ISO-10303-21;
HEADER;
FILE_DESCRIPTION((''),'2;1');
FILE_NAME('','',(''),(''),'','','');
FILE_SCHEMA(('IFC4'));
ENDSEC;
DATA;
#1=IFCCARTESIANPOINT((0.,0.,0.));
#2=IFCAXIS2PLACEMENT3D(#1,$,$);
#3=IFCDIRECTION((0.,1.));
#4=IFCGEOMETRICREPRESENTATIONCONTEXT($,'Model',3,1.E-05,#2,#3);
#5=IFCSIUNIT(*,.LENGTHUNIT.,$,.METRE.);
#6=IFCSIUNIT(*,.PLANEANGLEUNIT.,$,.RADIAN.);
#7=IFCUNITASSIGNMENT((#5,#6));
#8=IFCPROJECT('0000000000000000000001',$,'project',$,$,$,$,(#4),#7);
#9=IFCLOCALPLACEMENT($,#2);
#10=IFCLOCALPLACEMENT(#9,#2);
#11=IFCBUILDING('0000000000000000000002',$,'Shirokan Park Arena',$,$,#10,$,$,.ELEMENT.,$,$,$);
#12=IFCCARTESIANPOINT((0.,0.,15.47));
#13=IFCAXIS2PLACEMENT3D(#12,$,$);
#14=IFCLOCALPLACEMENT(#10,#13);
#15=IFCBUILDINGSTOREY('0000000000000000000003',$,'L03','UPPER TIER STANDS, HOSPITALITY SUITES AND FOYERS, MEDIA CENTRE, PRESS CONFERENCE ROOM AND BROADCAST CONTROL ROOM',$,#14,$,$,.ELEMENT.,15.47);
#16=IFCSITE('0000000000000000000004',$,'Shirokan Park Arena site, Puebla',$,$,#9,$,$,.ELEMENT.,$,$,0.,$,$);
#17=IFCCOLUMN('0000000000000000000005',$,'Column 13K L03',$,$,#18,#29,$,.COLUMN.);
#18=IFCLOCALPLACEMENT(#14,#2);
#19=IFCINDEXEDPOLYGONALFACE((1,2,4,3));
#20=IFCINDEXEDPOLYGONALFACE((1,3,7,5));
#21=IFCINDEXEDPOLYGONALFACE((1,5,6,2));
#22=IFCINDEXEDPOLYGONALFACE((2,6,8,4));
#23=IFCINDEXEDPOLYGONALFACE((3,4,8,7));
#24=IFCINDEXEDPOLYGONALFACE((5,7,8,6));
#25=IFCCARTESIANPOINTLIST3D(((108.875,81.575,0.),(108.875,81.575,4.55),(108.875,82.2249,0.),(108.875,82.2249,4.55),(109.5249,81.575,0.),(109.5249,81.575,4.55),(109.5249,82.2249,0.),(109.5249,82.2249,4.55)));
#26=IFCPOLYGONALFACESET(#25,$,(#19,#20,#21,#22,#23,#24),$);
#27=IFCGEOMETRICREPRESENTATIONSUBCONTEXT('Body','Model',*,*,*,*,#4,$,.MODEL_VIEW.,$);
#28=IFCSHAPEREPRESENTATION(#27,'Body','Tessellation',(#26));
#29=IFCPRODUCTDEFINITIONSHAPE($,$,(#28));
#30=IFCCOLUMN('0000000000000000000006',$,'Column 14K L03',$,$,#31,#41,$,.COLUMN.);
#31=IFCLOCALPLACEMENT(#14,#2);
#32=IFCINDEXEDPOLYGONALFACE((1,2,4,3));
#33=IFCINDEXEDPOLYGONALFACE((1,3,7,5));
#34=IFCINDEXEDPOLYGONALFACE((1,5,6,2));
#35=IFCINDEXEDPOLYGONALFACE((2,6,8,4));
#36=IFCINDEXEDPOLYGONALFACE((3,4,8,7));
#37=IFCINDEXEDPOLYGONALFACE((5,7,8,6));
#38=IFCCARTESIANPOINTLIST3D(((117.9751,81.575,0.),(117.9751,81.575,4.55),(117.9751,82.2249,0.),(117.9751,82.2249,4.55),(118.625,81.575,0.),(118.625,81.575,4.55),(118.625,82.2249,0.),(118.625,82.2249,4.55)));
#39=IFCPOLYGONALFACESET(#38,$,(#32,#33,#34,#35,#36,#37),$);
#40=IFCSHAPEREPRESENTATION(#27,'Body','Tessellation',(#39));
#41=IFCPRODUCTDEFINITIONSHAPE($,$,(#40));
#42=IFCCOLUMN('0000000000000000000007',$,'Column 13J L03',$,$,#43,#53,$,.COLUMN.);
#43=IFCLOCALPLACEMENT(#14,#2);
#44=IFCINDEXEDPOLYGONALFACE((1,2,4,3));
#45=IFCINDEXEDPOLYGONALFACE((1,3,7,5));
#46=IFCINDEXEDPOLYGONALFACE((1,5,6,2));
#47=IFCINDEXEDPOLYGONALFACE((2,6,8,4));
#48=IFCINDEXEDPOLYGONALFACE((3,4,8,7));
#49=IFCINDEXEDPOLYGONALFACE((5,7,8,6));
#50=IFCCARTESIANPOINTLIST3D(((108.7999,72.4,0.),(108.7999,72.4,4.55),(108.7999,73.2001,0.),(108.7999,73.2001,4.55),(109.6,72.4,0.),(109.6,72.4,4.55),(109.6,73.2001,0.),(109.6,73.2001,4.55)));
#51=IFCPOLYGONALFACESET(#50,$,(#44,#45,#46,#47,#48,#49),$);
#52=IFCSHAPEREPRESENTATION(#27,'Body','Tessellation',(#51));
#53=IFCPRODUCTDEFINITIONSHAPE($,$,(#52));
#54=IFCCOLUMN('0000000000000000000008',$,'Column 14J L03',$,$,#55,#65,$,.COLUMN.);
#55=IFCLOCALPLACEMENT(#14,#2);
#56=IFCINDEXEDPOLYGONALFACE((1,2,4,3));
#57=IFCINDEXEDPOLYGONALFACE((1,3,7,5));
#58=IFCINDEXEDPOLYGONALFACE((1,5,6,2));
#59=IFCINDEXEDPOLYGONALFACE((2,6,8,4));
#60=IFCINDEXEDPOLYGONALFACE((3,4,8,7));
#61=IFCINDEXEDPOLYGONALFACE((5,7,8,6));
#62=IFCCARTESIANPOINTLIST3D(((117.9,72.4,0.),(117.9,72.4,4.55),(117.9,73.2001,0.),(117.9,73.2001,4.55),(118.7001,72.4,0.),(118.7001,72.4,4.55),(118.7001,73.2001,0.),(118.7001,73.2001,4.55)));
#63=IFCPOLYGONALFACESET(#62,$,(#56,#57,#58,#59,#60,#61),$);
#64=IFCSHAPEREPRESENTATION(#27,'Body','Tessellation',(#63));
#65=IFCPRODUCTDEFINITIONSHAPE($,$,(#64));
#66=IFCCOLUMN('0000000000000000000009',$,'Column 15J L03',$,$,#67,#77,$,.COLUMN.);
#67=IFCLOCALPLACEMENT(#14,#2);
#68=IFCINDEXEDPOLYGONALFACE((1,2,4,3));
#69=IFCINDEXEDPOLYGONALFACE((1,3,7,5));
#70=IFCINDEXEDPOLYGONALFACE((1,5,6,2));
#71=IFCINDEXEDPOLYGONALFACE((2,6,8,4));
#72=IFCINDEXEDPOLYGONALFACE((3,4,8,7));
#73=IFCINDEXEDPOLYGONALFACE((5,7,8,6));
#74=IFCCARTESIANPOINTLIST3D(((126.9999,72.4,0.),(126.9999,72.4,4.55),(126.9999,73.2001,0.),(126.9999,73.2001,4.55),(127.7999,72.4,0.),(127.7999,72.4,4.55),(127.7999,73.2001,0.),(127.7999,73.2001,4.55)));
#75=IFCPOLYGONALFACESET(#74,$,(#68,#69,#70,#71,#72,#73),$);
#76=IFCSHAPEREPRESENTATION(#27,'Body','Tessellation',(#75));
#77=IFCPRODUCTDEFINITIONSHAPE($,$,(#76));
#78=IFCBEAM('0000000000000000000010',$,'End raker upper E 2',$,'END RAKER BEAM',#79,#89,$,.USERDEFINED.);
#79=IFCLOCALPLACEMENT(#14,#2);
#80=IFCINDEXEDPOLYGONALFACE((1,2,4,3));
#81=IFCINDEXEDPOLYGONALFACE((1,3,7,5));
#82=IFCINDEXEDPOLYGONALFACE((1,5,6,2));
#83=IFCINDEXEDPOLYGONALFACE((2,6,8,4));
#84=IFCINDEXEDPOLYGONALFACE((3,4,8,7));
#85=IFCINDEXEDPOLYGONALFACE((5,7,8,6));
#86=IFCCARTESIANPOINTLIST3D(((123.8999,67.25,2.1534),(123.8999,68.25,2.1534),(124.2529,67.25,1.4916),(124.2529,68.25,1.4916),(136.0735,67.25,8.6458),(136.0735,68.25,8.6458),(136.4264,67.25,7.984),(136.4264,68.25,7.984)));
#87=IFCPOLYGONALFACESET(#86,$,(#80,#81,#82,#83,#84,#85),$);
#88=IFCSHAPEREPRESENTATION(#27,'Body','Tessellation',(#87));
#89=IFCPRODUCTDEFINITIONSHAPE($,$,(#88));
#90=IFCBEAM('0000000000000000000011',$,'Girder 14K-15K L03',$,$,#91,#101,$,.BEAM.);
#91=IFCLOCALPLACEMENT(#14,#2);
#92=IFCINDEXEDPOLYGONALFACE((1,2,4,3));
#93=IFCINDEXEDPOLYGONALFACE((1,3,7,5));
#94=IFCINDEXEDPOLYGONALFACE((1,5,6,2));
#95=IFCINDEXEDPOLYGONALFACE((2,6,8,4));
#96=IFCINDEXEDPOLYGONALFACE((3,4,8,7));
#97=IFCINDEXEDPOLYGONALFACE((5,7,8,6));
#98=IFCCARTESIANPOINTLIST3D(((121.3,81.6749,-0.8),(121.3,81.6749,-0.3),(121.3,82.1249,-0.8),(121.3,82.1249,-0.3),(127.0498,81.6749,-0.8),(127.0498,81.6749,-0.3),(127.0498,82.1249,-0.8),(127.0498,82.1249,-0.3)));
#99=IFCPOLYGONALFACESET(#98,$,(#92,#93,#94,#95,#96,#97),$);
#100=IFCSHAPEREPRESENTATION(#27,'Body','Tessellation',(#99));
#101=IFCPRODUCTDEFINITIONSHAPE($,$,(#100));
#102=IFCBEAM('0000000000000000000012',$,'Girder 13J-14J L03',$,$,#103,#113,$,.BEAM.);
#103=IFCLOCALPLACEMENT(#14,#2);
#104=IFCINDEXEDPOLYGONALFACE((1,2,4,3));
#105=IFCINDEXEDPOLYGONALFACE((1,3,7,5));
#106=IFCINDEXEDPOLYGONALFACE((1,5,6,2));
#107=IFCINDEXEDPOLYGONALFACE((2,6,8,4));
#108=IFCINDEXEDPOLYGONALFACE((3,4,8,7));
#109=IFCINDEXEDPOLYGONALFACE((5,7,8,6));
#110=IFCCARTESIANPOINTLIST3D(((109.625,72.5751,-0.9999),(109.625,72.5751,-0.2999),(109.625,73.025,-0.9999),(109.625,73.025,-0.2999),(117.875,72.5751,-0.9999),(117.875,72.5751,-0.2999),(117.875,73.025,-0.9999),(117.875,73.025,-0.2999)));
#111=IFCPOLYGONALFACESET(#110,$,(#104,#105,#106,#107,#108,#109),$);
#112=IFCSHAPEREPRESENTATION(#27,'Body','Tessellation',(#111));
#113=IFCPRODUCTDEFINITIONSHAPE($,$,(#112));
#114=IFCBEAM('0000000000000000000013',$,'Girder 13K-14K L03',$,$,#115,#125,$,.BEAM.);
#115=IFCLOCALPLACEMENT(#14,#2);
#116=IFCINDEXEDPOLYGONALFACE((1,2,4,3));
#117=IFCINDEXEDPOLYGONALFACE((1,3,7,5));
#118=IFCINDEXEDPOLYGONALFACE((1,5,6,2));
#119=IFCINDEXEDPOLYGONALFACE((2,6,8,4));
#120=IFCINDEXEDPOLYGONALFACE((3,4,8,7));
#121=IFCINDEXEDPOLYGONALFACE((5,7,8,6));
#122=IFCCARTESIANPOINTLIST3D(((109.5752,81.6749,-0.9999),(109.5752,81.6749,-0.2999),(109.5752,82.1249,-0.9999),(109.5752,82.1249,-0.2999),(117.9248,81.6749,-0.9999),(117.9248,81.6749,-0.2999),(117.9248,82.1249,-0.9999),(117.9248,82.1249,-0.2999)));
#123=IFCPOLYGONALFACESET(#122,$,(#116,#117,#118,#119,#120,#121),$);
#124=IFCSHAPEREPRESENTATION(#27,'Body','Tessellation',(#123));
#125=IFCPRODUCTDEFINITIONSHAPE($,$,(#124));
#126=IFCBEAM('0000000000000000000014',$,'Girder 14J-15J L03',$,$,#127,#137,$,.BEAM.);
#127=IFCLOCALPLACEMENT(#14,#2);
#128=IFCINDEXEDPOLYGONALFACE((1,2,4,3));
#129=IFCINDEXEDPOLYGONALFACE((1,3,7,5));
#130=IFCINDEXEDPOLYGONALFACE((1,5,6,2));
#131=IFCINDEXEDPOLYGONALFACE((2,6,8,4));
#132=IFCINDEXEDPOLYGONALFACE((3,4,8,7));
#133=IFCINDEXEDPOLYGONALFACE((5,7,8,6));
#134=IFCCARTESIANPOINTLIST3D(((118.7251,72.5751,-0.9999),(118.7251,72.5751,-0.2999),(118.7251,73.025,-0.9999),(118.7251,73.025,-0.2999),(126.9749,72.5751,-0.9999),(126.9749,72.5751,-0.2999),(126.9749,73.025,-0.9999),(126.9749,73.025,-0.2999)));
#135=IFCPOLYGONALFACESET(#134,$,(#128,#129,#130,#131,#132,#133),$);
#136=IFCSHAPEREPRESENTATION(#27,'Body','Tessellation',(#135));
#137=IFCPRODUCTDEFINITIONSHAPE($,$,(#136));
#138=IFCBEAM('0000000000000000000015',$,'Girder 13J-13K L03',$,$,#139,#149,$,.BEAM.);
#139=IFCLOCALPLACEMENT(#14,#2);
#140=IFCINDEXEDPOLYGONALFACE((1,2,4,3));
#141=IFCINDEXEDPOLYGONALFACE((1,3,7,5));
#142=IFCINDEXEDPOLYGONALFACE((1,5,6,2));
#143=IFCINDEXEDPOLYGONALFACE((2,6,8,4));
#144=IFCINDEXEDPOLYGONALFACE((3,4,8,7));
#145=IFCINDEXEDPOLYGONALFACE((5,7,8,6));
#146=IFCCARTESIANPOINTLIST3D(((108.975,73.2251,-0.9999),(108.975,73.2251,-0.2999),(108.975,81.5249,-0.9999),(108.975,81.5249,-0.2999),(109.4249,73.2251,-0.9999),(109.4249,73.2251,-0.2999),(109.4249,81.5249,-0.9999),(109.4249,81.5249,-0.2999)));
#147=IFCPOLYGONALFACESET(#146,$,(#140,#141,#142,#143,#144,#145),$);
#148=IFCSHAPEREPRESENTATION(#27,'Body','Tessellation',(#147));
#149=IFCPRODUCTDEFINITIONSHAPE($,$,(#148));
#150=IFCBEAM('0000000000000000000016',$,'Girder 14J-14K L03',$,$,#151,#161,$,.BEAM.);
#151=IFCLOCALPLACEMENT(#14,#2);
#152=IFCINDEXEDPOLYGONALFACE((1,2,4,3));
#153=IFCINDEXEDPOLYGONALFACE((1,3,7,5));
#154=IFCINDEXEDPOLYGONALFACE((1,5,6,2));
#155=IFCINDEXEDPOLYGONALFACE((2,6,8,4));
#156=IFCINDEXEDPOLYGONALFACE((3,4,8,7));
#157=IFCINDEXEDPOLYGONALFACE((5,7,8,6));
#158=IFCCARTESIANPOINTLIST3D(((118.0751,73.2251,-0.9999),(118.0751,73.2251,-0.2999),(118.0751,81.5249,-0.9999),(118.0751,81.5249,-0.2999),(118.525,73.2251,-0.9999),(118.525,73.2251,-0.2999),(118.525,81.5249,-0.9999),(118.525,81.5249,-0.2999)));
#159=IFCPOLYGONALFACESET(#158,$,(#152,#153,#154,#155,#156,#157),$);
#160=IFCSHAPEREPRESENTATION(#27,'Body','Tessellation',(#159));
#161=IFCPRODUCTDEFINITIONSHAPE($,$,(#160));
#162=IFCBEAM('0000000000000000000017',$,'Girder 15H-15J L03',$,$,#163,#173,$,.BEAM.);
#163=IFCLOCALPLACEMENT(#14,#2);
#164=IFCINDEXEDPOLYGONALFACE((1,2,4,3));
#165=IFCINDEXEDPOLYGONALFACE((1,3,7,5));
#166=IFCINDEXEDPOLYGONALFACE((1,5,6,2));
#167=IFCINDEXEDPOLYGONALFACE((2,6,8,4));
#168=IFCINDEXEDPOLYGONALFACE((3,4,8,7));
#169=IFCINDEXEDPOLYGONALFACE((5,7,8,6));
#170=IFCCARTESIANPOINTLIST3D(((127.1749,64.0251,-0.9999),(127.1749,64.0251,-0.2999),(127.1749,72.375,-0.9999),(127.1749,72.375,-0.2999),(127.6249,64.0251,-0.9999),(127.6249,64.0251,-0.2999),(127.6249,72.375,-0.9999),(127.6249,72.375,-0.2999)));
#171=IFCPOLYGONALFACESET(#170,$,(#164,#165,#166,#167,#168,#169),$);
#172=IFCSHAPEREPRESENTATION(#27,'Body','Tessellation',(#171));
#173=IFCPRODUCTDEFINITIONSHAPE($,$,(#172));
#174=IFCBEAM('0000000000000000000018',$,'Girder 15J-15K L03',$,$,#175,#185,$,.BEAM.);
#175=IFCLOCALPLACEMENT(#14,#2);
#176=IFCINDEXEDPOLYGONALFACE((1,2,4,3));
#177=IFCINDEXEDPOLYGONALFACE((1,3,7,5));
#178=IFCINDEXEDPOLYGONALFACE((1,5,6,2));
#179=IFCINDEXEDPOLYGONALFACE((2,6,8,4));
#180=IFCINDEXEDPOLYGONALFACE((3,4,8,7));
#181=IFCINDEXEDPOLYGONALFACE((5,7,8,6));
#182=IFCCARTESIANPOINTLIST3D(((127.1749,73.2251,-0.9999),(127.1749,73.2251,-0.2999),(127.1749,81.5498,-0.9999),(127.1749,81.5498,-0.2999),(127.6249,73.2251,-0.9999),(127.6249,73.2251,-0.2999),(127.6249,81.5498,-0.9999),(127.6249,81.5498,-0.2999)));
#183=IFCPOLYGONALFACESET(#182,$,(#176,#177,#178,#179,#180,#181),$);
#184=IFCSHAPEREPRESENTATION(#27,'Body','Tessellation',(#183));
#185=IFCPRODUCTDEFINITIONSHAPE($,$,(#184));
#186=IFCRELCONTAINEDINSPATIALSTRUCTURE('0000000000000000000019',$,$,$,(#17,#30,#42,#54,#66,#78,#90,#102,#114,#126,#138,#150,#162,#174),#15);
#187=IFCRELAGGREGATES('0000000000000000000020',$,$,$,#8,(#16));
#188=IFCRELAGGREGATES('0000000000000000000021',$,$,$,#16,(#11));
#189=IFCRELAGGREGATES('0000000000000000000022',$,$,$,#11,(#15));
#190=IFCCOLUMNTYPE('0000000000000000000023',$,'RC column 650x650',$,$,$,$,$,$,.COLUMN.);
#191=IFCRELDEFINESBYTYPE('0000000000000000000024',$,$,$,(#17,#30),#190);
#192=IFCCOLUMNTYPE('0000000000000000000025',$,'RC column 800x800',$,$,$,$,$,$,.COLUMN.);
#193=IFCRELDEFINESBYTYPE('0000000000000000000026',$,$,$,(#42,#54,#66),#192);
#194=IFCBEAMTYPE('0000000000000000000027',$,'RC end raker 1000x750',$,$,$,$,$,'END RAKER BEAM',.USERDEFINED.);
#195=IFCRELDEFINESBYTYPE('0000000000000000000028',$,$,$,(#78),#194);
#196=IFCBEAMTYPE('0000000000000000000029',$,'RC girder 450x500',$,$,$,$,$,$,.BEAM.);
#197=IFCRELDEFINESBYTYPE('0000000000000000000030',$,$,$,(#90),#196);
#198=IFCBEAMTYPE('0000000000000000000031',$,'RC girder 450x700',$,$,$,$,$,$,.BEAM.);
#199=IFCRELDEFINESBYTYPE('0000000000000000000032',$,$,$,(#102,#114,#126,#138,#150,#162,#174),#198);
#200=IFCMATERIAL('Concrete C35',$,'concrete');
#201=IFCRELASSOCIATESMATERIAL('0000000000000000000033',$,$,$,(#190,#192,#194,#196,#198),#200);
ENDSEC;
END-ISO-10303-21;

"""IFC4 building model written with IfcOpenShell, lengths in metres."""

from ifc_helpers import new_model, si_unit, direction, frame, origin, origin_2d, place, context, subcontext, project, spatial, rectangle, extrude, material, material_profile, profile_set, type_object, element, save


model = new_model("IFC4")

# Units and contexts
model_context = context("Model", 3, precision=1e-05, world=origin(), true_north=direction((0.0, 1.0)))
body_context = subcontext(model_context, "Body", "Model", "MODEL_VIEW")
ifc_project = project(units=[si_unit("LENGTHUNIT", "METRE"), si_unit("PLANEANGLEUNIT", "RADIAN")], contexts=[model_context])

# Site, building, storey
site_placement = place(None, origin())
site = spatial("IfcSite", under=ifc_project, at=site_placement, Name="Shirokan Park Arena site, Puebla", CompositionType="ELEMENT", RefElevation=0.0)
building_placement = place(site_placement, origin())
building = spatial("IfcBuilding", under=site, at=building_placement, Name="Shirokan Park Arena", CompositionType="ELEMENT")
storey_placement = place(building_placement, frame((0.0, 0.0, 15.47)))
storey = spatial("IfcBuildingStorey", under=building, at=storey_placement, Name="L03", Description="UPPER TIER STANDS, HOSPITALITY SUITES AND FOYERS, MEDIA CENTRE, PRESS CONFERENCE ROOM AND BROADCAST CONTROL ROOM", CompositionType="ELEMENT", Elevation=15.47)

# Columns
ifc_material_1 = material(Name="Concrete C35", Category="concrete")
ifc_material_profile_1 = material_profile(ifc_material_1, rectangle(XDim=0.6499, YDim=0.6499, at=origin_2d()), Name="650x650")
ifc_profile_set_1 = profile_set([ifc_material_profile_1], Name="Concrete C35")
column_type_1 = type_object("IfcColumnType", Name="RC column 650x650", PredefinedType="COLUMN", material=ifc_profile_set_1)
for number, where, z_axis, x_axis, name in (
    (1, (109.2, 81.8999, 0.0), (0.0, 0.0, 1.0), (1.0, 0.0, 0.0), "Column 13K L03"),
    (2, (118.3, 81.8999, 0.0), (0.0, 0.0, 1.0), (1.0, 0.0, 0.0), "Column 14K L03"),
):
    element("IfcColumn", number, at=place(storey_placement, frame(where, z_axis=z_axis, x_axis=x_axis)), inside=storey, type_object=column_type_1, Name=name, PredefinedType="COLUMN", context=body_context, shape_type="SweptSolid", body=[
        extrude(rectangle(XDim=0.6499, YDim=0.6499, at=origin_2d()), origin(), (0.0, 0.0, 1.0), 4.55),
    ])
ifc_material_profile_2 = material_profile(ifc_material_1, rectangle(XDim=0.8, YDim=0.8, at=origin_2d()), Name="800x800")
ifc_profile_set_2 = profile_set([ifc_material_profile_2], Name="Concrete C35")
column_type_2 = type_object("IfcColumnType", Name="RC column 800x800", PredefinedType="COLUMN", material=ifc_profile_set_2)
for number, where, z_axis, x_axis, name in (
    (3, (109.2, 72.8, 0.0), (0.0, 0.0, 1.0), (1.0, 0.0, 0.0), "Column 13J L03"),
    (4, (118.3, 72.8, 0.0), (0.0, 0.0, 1.0), (1.0, 0.0, 0.0), "Column 14J L03"),
    (5, (127.3999, 72.8, 0.0), (0.0, 0.0, 1.0), (1.0, 0.0, 0.0), "Column 15J L03"),
):
    element("IfcColumn", number, at=place(storey_placement, frame(where, z_axis=z_axis, x_axis=x_axis)), inside=storey, type_object=column_type_2, Name=name, PredefinedType="COLUMN", context=body_context, shape_type="SweptSolid", body=[
        extrude(rectangle(XDim=0.8, YDim=0.8, at=origin_2d()), origin(), (0.0, 0.0, 1.0), 4.55),
    ])

# Beams
ifc_material_profile_3 = material_profile(ifc_material_1, rectangle(XDim=1.0, YDim=0.75, at=origin_2d()), Name="1000x750")
ifc_profile_set_3 = profile_set([ifc_material_profile_3], Name="Concrete C35")
beam_type_1 = type_object("IfcBeamType", Name="RC end raker 1000x750", ElementType="END RAKER BEAM", PredefinedType="USERDEFINED", material=ifc_profile_set_3)
beam_1_placement = place(storey_placement, frame((124.0764, 67.75, 1.8225), z_axis=(0.882357, 0.0, 0.47058), x_axis=(0.0, 1.0, 0.0)))
element("IfcBeam", 6, at=beam_1_placement, inside=storey, type_object=beam_type_1, Name="End raker upper E 2", ObjectType="END RAKER BEAM", PredefinedType="USERDEFINED", context=body_context, shape_type="SweptSolid", body=[
    extrude(rectangle(XDim=1.0, YDim=0.75, at=origin_2d()), origin(), (0.0, 0.0, 1.0), 13.7966),
])
ifc_material_profile_4 = material_profile(ifc_material_1, rectangle(XDim=0.45, YDim=0.5, at=origin_2d()), Name="450x500")
ifc_profile_set_4 = profile_set([ifc_material_profile_4], Name="Concrete C35")
beam_type_2 = type_object("IfcBeamType", Name="RC girder 450x500", PredefinedType="BEAM", material=ifc_profile_set_4)
beam_2_placement = place(storey_placement, frame((121.3, 81.8999, -0.55), z_axis=(1.0, 0.0, 0.0), x_axis=(0.0, 1.0, 0.0)))
element("IfcBeam", 7, at=beam_2_placement, inside=storey, type_object=beam_type_2, Name="Girder 14K-15K L03", PredefinedType="BEAM", context=body_context, shape_type="SweptSolid", body=[
    extrude(rectangle(XDim=0.45, YDim=0.5, at=origin_2d()), origin(), (0.0, 0.0, 1.0), 5.7498),
])
ifc_material_profile_5 = material_profile(ifc_material_1, rectangle(XDim=0.45, YDim=0.7, at=origin_2d()), Name="450x700")
ifc_profile_set_5 = profile_set([ifc_material_profile_5], Name="Concrete C35")
beam_type_3 = type_object("IfcBeamType", Name="RC girder 450x700", PredefinedType="BEAM", material=ifc_profile_set_5)
beam_3_placement = place(storey_placement, frame((109.625, 72.8, -0.6499), z_axis=(1.0, 0.0, 0.0), x_axis=(0.0, 1.0, 0.0)))
element("IfcBeam", 8, at=beam_3_placement, inside=storey, type_object=beam_type_3, Name="Girder 13J-14J L03", PredefinedType="BEAM", context=body_context, shape_type="SweptSolid", body=[
    extrude(rectangle(XDim=0.45, YDim=0.7, at=origin_2d()), origin(), (0.0, 0.0, 1.0), 8.25),
])
beam_4_placement = place(storey_placement, frame((109.5752, 81.8999, -0.6499), z_axis=(1.0, 0.0, 0.0), x_axis=(0.0, 1.0, 0.0)))
element("IfcBeam", 9, at=beam_4_placement, inside=storey, type_object=beam_type_3, Name="Girder 13K-14K L03", PredefinedType="BEAM", context=body_context, shape_type="SweptSolid", body=[
    extrude(rectangle(XDim=0.45, YDim=0.7, at=origin_2d()), origin(), (0.0, 0.0, 1.0), 8.3496),
])
beam_5_placement = place(storey_placement, frame((118.7251, 72.8, -0.6499), z_axis=(1.0, 0.0, 0.0), x_axis=(0.0, 1.0, 0.0)))
element("IfcBeam", 10, at=beam_5_placement, inside=storey, type_object=beam_type_3, Name="Girder 14J-15J L03", PredefinedType="BEAM", context=body_context, shape_type="SweptSolid", body=[
    extrude(rectangle(XDim=0.45, YDim=0.7, at=origin_2d()), origin(), (0.0, 0.0, 1.0), 8.2498),
])
for number, where, z_axis, x_axis, name in (
    (11, (109.2, 73.2251, -0.6499), (0.0, 1.0, 0.0), (-1.0, 0.0, 0.0), "Girder 13J-13K L03"),
    (12, (118.3, 73.2251, -0.6499), (0.0, 1.0, 0.0), (-1.0, 0.0, 0.0), "Girder 14J-14K L03"),
):
    element("IfcBeam", number, at=place(storey_placement, frame(where, z_axis=z_axis, x_axis=x_axis)), inside=storey, type_object=beam_type_3, Name=name, PredefinedType="BEAM", context=body_context, shape_type="SweptSolid", body=[
        extrude(rectangle(XDim=0.45, YDim=0.7, at=origin_2d()), origin(), (0.0, 0.0, 1.0), 8.2998),
    ])
beam_6_placement = place(storey_placement, frame((127.3999, 64.0251, -0.6499), z_axis=(0.0, 1.0, 0.0), x_axis=(-1.0, 0.0, 0.0)))
element("IfcBeam", 13, at=beam_6_placement, inside=storey, type_object=beam_type_3, Name="Girder 15H-15J L03", PredefinedType="BEAM", context=body_context, shape_type="SweptSolid", body=[
    extrude(rectangle(XDim=0.45, YDim=0.7, at=origin_2d()), origin(), (0.0, 0.0, 1.0), 8.3499),
])
beam_7_placement = place(storey_placement, frame((127.3999, 73.2251, -0.6499), z_axis=(0.0, 1.0, 0.0), x_axis=(-1.0, 0.0, 0.0)))
element("IfcBeam", 14, at=beam_7_placement, inside=storey, type_object=beam_type_3, Name="Girder 15J-15K L03", PredefinedType="BEAM", context=body_context, shape_type="SweptSolid", body=[
    extrude(rectangle(XDim=0.45, YDim=0.7, at=origin_2d()), origin(), (0.0, 0.0, 1.0), 8.3247),
])

save(model, "model.ifc")
